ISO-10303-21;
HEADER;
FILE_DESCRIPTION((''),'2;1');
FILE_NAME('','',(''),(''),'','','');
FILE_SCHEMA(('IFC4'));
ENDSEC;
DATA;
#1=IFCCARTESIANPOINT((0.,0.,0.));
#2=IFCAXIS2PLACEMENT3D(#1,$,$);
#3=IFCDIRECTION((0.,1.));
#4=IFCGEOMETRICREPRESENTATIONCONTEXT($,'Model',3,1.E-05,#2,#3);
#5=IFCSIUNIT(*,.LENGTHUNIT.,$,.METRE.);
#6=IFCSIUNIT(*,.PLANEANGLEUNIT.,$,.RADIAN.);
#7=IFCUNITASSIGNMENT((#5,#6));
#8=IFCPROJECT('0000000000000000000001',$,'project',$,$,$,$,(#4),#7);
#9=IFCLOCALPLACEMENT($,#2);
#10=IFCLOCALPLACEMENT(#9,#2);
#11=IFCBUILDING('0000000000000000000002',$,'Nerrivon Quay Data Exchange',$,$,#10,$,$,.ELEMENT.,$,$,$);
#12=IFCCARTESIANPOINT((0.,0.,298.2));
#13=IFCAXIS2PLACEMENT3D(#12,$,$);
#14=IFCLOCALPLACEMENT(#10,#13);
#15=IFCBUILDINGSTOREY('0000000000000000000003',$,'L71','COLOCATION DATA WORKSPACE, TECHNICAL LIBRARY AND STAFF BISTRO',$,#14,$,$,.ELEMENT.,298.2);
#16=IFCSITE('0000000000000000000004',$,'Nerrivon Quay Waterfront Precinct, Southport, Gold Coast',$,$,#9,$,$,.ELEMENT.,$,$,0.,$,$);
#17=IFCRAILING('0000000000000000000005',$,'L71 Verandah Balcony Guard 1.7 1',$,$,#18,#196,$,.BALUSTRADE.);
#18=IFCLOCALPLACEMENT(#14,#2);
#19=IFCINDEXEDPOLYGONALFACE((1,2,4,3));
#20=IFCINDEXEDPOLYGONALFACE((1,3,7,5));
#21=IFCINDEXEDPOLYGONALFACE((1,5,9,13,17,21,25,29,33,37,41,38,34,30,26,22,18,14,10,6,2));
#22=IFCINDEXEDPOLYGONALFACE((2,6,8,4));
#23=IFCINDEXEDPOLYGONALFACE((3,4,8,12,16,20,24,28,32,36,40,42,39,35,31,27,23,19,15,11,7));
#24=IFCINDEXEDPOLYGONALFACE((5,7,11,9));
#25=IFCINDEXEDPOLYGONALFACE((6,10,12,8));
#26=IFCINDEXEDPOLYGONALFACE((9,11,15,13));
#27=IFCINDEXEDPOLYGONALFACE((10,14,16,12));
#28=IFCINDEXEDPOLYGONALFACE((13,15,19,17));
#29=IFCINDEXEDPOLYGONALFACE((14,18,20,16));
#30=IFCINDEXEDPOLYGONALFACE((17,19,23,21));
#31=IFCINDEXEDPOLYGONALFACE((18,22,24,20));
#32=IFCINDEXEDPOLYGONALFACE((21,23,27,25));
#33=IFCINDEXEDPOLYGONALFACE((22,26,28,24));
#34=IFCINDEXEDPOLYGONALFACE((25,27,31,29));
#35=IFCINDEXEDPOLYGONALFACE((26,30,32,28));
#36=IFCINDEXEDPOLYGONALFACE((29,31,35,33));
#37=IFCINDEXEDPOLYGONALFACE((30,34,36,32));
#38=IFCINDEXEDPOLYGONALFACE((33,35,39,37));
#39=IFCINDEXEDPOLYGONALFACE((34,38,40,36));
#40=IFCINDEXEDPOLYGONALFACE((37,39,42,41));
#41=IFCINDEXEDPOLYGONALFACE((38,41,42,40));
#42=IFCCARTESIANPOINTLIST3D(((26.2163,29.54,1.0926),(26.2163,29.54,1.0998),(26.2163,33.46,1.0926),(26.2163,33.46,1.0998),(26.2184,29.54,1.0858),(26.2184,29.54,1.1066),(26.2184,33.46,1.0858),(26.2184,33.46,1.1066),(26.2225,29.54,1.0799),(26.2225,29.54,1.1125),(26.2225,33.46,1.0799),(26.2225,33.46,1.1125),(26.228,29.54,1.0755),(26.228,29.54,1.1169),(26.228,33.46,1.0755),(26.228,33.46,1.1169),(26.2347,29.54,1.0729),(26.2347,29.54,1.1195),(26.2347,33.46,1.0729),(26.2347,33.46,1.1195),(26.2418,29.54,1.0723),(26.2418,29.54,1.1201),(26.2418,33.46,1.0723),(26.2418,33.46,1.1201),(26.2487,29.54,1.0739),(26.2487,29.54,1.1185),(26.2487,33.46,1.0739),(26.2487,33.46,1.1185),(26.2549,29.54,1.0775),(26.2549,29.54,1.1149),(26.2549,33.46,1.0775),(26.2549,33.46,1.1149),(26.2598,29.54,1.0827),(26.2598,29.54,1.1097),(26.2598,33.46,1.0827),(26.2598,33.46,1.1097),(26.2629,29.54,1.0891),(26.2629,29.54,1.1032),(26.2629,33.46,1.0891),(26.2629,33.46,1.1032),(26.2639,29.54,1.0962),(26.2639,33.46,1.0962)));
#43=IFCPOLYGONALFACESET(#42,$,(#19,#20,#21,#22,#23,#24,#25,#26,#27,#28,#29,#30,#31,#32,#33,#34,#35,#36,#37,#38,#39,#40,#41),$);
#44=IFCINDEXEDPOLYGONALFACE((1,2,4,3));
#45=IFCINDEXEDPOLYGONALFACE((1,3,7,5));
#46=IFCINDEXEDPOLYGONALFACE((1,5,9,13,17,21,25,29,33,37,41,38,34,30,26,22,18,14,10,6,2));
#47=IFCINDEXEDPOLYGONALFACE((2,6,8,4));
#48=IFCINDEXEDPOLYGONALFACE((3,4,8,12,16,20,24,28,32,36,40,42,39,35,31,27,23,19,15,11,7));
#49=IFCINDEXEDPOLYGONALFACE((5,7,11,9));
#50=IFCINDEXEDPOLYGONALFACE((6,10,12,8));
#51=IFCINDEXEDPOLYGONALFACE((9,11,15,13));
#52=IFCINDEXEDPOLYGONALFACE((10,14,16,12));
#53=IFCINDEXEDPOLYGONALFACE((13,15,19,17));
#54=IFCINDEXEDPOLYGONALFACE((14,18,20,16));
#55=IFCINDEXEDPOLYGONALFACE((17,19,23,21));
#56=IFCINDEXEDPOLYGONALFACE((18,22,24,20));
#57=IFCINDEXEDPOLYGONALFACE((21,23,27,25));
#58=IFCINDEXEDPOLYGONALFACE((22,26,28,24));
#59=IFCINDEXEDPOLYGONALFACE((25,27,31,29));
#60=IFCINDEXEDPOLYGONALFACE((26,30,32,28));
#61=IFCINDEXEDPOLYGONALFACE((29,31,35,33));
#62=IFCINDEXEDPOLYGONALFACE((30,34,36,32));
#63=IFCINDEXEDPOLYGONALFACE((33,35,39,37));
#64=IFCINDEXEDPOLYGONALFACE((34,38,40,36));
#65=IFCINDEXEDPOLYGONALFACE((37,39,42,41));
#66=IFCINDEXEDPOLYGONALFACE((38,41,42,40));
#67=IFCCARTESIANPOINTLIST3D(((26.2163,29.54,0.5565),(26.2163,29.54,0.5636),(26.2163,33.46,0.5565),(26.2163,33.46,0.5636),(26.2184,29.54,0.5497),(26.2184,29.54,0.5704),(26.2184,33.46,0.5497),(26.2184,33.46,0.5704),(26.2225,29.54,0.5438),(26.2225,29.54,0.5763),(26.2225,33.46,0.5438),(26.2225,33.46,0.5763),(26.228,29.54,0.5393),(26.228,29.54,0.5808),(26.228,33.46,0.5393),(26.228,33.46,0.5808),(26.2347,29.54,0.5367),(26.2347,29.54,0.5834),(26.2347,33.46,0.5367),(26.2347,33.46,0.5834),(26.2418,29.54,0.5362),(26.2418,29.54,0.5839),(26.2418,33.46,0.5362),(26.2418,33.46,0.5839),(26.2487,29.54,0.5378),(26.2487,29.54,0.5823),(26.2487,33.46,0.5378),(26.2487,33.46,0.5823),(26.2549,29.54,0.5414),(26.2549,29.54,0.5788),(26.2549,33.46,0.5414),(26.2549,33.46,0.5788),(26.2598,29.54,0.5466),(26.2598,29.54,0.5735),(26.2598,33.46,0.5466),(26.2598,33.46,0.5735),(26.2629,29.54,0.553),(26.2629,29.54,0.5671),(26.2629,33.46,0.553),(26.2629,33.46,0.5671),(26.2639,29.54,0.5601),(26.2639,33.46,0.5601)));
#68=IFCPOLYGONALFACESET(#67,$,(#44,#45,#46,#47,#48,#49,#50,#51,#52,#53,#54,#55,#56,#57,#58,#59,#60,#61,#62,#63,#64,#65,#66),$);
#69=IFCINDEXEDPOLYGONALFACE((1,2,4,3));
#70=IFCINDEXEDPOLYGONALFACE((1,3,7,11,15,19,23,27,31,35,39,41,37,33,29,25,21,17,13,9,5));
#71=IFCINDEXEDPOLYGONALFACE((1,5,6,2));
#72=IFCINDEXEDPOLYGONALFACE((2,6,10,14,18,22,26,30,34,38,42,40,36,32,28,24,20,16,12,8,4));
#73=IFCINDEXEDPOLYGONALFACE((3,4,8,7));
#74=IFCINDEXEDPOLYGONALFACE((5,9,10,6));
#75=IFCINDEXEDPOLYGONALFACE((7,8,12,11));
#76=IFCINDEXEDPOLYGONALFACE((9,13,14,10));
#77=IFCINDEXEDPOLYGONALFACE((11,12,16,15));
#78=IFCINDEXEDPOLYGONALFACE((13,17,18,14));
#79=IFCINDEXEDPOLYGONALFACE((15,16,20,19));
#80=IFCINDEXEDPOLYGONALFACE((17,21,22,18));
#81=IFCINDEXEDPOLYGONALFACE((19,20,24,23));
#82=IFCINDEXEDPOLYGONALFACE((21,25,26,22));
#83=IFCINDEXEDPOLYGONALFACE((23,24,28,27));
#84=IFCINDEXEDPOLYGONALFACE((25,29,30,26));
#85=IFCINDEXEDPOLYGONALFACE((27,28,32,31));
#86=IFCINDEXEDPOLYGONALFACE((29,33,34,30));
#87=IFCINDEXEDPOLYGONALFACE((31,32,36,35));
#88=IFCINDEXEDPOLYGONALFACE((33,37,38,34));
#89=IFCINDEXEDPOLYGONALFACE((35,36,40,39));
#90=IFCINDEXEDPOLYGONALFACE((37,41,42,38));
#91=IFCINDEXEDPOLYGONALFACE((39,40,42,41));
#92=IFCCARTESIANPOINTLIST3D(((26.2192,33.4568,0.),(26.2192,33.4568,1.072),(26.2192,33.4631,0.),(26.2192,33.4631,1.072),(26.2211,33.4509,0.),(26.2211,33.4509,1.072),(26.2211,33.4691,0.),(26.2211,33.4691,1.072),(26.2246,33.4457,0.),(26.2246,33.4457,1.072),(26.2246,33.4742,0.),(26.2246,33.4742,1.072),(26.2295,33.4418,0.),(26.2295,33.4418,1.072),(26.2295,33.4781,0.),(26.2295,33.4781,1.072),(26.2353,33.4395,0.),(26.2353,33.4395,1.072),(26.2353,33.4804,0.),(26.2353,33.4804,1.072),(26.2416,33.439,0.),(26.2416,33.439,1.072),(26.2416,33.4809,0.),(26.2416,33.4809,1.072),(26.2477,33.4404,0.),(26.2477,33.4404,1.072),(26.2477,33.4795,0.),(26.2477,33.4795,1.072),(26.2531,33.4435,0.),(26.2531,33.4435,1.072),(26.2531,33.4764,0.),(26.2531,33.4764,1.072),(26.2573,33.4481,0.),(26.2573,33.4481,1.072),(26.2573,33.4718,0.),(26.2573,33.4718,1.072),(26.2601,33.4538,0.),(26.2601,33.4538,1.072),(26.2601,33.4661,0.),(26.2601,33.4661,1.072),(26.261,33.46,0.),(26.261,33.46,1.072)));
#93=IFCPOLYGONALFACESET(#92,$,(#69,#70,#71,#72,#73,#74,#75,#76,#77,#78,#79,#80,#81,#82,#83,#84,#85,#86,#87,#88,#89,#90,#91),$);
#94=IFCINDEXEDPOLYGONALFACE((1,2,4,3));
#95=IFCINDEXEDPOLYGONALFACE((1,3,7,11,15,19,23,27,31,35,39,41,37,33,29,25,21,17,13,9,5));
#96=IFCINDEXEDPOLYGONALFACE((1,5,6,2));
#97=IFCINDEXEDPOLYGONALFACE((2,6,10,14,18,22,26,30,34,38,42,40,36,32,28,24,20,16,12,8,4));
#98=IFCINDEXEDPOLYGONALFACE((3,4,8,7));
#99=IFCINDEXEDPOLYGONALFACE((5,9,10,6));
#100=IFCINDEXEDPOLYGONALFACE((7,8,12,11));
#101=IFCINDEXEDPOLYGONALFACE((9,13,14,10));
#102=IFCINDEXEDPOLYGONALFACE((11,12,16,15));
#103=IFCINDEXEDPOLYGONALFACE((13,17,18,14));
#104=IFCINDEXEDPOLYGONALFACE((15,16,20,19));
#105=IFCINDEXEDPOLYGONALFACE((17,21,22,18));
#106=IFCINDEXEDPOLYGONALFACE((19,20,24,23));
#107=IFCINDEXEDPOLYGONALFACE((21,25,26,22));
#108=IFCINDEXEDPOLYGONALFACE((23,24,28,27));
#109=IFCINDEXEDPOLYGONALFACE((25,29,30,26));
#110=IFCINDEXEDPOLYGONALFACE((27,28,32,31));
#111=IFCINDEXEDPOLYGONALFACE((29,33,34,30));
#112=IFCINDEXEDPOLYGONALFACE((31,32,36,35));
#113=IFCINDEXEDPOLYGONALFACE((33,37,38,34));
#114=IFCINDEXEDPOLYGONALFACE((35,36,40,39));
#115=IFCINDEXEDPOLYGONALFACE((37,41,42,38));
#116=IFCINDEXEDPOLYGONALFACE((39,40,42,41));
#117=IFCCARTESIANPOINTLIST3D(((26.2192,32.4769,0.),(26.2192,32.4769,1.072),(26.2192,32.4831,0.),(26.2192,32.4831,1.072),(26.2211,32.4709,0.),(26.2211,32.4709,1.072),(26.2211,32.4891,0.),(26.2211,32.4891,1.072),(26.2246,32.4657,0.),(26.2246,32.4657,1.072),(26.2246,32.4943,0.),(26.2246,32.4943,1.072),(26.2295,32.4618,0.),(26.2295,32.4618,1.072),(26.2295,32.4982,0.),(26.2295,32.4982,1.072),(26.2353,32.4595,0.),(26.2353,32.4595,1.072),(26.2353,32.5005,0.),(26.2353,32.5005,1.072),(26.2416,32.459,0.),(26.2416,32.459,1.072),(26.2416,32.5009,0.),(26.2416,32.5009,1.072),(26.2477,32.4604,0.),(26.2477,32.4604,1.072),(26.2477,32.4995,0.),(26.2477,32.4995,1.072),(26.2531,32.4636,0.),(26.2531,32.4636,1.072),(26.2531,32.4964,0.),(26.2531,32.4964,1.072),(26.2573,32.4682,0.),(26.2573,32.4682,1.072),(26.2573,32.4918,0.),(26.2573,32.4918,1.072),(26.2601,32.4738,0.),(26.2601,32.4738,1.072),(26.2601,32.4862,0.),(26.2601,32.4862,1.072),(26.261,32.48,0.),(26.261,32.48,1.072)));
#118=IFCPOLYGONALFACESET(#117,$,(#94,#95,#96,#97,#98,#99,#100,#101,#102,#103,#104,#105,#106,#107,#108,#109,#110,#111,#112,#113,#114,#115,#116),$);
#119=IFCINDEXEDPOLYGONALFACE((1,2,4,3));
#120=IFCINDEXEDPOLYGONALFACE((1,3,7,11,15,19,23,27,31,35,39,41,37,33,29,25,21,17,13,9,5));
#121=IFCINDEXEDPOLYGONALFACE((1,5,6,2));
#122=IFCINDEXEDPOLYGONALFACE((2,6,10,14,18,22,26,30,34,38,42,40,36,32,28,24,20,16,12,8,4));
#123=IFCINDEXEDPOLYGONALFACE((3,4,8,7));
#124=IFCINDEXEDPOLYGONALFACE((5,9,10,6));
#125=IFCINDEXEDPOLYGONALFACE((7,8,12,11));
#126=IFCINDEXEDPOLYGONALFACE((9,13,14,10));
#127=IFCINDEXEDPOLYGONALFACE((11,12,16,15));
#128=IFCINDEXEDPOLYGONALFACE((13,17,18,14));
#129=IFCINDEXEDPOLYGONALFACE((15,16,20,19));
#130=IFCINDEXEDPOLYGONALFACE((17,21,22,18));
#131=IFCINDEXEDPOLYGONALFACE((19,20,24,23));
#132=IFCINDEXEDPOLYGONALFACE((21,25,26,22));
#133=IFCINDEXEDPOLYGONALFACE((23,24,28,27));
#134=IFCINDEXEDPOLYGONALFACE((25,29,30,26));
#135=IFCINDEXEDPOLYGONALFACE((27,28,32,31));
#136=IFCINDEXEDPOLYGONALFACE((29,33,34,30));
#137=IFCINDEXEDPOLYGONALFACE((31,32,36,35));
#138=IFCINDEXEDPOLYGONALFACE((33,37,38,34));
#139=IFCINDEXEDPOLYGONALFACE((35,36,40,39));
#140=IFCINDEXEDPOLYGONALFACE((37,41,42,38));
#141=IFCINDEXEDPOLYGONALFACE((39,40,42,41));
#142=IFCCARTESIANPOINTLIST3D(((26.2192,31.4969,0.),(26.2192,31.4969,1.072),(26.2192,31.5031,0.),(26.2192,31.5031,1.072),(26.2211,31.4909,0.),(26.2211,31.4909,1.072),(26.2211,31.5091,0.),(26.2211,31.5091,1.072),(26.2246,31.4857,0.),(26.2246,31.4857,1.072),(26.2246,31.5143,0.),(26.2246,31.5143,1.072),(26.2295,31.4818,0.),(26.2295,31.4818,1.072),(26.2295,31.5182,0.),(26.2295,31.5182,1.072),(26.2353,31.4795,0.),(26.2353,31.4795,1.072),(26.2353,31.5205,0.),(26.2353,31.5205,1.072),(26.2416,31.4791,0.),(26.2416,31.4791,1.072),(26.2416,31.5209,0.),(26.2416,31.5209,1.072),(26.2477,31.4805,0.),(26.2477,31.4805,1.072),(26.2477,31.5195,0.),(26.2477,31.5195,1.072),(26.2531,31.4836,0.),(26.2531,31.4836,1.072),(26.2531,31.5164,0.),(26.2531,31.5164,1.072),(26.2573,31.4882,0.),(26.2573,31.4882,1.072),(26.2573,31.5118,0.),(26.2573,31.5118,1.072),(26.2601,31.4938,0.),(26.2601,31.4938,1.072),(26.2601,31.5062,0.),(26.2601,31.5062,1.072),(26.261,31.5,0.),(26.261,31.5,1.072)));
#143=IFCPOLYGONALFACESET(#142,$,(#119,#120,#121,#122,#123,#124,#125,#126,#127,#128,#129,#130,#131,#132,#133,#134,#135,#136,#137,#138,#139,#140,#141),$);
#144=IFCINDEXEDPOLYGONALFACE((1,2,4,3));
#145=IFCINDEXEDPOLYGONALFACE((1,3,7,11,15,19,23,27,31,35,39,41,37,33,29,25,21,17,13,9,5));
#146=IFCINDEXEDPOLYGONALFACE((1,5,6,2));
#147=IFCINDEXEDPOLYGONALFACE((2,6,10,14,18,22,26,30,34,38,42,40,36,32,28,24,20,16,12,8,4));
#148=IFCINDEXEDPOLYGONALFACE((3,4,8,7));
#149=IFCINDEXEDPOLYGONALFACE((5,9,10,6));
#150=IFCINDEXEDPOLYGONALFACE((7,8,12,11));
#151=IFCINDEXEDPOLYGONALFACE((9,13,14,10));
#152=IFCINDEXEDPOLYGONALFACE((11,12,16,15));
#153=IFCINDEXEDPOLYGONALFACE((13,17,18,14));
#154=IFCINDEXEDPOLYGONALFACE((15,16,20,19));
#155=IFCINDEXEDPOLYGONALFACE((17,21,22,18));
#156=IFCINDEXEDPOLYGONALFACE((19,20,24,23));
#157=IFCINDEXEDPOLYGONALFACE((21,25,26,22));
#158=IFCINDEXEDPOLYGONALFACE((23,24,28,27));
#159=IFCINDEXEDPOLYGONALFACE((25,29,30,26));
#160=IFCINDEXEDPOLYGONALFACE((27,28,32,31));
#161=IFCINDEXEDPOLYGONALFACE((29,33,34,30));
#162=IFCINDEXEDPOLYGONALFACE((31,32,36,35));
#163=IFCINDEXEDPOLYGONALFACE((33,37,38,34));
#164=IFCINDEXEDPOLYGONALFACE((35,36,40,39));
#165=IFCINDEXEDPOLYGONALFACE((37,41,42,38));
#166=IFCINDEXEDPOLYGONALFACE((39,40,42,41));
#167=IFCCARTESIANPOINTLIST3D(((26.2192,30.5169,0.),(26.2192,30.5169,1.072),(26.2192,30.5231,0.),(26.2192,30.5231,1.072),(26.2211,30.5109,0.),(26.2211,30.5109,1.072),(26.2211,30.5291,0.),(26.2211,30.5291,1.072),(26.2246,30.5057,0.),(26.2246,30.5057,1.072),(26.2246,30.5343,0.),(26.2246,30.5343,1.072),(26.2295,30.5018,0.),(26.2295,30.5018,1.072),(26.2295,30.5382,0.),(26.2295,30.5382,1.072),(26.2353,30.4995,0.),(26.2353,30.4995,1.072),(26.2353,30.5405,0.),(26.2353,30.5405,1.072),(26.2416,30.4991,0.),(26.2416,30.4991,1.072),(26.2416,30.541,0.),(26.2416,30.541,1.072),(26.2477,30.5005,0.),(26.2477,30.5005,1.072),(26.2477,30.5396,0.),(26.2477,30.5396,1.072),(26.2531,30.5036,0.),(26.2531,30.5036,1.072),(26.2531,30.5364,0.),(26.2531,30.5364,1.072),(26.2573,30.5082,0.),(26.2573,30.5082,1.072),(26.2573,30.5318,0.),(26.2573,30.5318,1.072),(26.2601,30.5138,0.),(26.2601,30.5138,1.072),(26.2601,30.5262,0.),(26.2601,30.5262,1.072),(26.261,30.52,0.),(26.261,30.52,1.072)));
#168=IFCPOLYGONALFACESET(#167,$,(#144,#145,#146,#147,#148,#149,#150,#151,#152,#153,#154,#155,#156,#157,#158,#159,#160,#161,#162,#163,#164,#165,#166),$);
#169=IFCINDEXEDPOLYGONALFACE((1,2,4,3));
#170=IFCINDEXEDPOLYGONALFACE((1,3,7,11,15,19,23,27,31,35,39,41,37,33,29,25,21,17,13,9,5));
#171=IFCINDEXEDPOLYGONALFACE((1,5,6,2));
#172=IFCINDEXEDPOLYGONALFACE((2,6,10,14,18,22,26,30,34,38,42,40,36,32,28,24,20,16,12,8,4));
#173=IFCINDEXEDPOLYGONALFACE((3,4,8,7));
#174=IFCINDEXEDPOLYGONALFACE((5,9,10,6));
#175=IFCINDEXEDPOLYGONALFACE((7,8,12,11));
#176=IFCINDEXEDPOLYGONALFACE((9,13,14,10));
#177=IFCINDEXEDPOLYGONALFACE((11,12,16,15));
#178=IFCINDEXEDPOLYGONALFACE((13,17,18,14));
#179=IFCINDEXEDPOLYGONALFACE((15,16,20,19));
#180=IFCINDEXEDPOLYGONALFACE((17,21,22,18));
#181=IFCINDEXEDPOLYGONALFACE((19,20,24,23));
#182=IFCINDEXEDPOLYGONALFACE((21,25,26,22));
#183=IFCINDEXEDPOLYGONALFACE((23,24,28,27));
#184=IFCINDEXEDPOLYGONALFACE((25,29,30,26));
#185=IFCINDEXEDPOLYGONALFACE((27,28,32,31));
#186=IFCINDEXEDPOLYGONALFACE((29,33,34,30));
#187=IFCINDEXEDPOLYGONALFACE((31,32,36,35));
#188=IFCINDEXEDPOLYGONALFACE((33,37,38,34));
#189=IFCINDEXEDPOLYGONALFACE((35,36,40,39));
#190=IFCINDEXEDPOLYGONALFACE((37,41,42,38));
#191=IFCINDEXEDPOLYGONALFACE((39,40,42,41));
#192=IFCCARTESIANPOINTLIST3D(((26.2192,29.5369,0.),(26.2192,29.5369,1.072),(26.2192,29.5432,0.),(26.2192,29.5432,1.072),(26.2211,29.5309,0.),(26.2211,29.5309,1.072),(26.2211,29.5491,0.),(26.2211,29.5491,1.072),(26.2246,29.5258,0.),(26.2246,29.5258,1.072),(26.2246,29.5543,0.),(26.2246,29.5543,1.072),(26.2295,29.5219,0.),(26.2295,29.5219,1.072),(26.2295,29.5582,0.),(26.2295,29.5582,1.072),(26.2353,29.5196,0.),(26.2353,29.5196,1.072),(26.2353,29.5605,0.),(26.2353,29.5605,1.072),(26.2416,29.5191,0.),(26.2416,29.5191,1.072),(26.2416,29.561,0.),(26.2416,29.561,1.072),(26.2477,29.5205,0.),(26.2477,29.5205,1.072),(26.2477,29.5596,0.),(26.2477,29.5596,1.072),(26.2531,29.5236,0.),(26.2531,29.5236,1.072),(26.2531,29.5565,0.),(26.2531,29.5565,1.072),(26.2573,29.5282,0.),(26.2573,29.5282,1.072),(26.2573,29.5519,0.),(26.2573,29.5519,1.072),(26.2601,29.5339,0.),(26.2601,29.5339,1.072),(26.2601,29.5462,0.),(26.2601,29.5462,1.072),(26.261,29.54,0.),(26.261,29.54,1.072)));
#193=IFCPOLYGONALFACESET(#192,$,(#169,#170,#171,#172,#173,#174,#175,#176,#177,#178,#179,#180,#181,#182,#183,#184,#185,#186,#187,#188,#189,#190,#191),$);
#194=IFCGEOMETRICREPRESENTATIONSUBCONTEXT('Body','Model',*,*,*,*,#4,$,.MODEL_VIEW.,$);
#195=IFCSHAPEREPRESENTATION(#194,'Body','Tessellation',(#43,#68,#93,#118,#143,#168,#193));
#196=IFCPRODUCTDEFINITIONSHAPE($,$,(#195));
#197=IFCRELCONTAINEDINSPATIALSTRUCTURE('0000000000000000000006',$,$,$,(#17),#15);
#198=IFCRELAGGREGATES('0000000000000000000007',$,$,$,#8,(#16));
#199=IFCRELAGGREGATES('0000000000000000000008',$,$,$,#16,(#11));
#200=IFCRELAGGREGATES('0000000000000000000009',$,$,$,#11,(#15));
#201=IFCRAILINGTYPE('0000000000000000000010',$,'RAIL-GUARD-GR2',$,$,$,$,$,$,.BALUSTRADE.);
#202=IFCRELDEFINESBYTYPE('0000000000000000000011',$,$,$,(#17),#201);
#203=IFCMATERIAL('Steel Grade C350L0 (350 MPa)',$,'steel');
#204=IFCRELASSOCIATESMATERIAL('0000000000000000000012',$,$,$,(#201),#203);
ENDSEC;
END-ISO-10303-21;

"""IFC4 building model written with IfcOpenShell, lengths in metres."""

from ifc_helpers import new_model, si_unit, direction, frame, origin, origin_2d, place, context, subcontext, project, spatial, circle, extrude, material, type_object, element, save


model = new_model("IFC4")

# Units and contexts
model_context = context("Model", 3, precision=1e-05, world=origin(), true_north=direction((0.0, 1.0)))
body_context = subcontext(model_context, "Body", "Model", "MODEL_VIEW")
ifc_project = project(units=[si_unit("LENGTHUNIT", "METRE"), si_unit("PLANEANGLEUNIT", "RADIAN")], contexts=[model_context])

# Site, building, storey
site_placement = place(None, origin())
site = spatial("IfcSite", under=ifc_project, at=site_placement, Name="Nerrivon Quay Waterfront Precinct, Southport, Gold Coast", CompositionType="ELEMENT", RefElevation=0.0)
building_placement = place(site_placement, origin())
building = spatial("IfcBuilding", under=site, at=building_placement, Name="Nerrivon Quay Data Exchange", CompositionType="ELEMENT")
storey_placement = place(building_placement, frame((0.0, 0.0, 298.2)))
storey = spatial("IfcBuildingStorey", under=building, at=storey_placement, Name="L71", Description="COLOCATION DATA WORKSPACE, TECHNICAL LIBRARY AND STAFF BISTRO", CompositionType="ELEMENT", Elevation=298.2)

# Railing
ifc_material_1 = material(Name="Steel Grade C350L0 (350 MPa)", Category="steel")
railing_type = type_object("IfcRailingType", Name="RAIL-GUARD-GR2", PredefinedType="BALUSTRADE", material=ifc_material_1)
railing_1_placement = place(storey_placement, frame((26.24, 33.46, 0.0)))
element("IfcRailing", 1, at=railing_1_placement, inside=storey, type_object=railing_type, Name="L71 Verandah Balcony Guard 1.7 1", PredefinedType="BALUSTRADE", context=body_context, shape_type="SweptSolid", body=[
    extrude(circle(Radius=0.0239, at=origin_2d()), frame((0.0, 0.0, 1.0962), z_axis=(0.0, -1.0, 0.0), x_axis=(1.0, 0.0, 0.0)), (0.0, 0.0, 1.0), 3.9199),
    extrude(circle(Radius=0.0239, at=origin_2d()), frame((0.0, 0.0, 0.5601), z_axis=(0.0, -1.0, 0.0), x_axis=(1.0, 0.0, 0.0)), (0.0, 0.0, 1.0), 3.9199),
    extrude(circle(Radius=0.021, at=origin_2d()), origin(), (0.0, 0.0, 1.0), 1.072),
    extrude(circle(Radius=0.021, at=origin_2d()), frame((0.0, -0.98, 0.0)), (0.0, 0.0, 1.0), 1.072),
    extrude(circle(Radius=0.021, at=origin_2d()), frame((0.0, -1.96, 0.0)), (0.0, 0.0, 1.0), 1.072),
    extrude(circle(Radius=0.021, at=origin_2d()), frame((0.0, -2.9399, 0.0)), (0.0, 0.0, 1.0), 1.072),
    extrude(circle(Radius=0.021, at=origin_2d()), frame((0.0, -3.9199, 0.0)), (0.0, 0.0, 1.0), 1.072),
])

save(model, "model.ifc")
